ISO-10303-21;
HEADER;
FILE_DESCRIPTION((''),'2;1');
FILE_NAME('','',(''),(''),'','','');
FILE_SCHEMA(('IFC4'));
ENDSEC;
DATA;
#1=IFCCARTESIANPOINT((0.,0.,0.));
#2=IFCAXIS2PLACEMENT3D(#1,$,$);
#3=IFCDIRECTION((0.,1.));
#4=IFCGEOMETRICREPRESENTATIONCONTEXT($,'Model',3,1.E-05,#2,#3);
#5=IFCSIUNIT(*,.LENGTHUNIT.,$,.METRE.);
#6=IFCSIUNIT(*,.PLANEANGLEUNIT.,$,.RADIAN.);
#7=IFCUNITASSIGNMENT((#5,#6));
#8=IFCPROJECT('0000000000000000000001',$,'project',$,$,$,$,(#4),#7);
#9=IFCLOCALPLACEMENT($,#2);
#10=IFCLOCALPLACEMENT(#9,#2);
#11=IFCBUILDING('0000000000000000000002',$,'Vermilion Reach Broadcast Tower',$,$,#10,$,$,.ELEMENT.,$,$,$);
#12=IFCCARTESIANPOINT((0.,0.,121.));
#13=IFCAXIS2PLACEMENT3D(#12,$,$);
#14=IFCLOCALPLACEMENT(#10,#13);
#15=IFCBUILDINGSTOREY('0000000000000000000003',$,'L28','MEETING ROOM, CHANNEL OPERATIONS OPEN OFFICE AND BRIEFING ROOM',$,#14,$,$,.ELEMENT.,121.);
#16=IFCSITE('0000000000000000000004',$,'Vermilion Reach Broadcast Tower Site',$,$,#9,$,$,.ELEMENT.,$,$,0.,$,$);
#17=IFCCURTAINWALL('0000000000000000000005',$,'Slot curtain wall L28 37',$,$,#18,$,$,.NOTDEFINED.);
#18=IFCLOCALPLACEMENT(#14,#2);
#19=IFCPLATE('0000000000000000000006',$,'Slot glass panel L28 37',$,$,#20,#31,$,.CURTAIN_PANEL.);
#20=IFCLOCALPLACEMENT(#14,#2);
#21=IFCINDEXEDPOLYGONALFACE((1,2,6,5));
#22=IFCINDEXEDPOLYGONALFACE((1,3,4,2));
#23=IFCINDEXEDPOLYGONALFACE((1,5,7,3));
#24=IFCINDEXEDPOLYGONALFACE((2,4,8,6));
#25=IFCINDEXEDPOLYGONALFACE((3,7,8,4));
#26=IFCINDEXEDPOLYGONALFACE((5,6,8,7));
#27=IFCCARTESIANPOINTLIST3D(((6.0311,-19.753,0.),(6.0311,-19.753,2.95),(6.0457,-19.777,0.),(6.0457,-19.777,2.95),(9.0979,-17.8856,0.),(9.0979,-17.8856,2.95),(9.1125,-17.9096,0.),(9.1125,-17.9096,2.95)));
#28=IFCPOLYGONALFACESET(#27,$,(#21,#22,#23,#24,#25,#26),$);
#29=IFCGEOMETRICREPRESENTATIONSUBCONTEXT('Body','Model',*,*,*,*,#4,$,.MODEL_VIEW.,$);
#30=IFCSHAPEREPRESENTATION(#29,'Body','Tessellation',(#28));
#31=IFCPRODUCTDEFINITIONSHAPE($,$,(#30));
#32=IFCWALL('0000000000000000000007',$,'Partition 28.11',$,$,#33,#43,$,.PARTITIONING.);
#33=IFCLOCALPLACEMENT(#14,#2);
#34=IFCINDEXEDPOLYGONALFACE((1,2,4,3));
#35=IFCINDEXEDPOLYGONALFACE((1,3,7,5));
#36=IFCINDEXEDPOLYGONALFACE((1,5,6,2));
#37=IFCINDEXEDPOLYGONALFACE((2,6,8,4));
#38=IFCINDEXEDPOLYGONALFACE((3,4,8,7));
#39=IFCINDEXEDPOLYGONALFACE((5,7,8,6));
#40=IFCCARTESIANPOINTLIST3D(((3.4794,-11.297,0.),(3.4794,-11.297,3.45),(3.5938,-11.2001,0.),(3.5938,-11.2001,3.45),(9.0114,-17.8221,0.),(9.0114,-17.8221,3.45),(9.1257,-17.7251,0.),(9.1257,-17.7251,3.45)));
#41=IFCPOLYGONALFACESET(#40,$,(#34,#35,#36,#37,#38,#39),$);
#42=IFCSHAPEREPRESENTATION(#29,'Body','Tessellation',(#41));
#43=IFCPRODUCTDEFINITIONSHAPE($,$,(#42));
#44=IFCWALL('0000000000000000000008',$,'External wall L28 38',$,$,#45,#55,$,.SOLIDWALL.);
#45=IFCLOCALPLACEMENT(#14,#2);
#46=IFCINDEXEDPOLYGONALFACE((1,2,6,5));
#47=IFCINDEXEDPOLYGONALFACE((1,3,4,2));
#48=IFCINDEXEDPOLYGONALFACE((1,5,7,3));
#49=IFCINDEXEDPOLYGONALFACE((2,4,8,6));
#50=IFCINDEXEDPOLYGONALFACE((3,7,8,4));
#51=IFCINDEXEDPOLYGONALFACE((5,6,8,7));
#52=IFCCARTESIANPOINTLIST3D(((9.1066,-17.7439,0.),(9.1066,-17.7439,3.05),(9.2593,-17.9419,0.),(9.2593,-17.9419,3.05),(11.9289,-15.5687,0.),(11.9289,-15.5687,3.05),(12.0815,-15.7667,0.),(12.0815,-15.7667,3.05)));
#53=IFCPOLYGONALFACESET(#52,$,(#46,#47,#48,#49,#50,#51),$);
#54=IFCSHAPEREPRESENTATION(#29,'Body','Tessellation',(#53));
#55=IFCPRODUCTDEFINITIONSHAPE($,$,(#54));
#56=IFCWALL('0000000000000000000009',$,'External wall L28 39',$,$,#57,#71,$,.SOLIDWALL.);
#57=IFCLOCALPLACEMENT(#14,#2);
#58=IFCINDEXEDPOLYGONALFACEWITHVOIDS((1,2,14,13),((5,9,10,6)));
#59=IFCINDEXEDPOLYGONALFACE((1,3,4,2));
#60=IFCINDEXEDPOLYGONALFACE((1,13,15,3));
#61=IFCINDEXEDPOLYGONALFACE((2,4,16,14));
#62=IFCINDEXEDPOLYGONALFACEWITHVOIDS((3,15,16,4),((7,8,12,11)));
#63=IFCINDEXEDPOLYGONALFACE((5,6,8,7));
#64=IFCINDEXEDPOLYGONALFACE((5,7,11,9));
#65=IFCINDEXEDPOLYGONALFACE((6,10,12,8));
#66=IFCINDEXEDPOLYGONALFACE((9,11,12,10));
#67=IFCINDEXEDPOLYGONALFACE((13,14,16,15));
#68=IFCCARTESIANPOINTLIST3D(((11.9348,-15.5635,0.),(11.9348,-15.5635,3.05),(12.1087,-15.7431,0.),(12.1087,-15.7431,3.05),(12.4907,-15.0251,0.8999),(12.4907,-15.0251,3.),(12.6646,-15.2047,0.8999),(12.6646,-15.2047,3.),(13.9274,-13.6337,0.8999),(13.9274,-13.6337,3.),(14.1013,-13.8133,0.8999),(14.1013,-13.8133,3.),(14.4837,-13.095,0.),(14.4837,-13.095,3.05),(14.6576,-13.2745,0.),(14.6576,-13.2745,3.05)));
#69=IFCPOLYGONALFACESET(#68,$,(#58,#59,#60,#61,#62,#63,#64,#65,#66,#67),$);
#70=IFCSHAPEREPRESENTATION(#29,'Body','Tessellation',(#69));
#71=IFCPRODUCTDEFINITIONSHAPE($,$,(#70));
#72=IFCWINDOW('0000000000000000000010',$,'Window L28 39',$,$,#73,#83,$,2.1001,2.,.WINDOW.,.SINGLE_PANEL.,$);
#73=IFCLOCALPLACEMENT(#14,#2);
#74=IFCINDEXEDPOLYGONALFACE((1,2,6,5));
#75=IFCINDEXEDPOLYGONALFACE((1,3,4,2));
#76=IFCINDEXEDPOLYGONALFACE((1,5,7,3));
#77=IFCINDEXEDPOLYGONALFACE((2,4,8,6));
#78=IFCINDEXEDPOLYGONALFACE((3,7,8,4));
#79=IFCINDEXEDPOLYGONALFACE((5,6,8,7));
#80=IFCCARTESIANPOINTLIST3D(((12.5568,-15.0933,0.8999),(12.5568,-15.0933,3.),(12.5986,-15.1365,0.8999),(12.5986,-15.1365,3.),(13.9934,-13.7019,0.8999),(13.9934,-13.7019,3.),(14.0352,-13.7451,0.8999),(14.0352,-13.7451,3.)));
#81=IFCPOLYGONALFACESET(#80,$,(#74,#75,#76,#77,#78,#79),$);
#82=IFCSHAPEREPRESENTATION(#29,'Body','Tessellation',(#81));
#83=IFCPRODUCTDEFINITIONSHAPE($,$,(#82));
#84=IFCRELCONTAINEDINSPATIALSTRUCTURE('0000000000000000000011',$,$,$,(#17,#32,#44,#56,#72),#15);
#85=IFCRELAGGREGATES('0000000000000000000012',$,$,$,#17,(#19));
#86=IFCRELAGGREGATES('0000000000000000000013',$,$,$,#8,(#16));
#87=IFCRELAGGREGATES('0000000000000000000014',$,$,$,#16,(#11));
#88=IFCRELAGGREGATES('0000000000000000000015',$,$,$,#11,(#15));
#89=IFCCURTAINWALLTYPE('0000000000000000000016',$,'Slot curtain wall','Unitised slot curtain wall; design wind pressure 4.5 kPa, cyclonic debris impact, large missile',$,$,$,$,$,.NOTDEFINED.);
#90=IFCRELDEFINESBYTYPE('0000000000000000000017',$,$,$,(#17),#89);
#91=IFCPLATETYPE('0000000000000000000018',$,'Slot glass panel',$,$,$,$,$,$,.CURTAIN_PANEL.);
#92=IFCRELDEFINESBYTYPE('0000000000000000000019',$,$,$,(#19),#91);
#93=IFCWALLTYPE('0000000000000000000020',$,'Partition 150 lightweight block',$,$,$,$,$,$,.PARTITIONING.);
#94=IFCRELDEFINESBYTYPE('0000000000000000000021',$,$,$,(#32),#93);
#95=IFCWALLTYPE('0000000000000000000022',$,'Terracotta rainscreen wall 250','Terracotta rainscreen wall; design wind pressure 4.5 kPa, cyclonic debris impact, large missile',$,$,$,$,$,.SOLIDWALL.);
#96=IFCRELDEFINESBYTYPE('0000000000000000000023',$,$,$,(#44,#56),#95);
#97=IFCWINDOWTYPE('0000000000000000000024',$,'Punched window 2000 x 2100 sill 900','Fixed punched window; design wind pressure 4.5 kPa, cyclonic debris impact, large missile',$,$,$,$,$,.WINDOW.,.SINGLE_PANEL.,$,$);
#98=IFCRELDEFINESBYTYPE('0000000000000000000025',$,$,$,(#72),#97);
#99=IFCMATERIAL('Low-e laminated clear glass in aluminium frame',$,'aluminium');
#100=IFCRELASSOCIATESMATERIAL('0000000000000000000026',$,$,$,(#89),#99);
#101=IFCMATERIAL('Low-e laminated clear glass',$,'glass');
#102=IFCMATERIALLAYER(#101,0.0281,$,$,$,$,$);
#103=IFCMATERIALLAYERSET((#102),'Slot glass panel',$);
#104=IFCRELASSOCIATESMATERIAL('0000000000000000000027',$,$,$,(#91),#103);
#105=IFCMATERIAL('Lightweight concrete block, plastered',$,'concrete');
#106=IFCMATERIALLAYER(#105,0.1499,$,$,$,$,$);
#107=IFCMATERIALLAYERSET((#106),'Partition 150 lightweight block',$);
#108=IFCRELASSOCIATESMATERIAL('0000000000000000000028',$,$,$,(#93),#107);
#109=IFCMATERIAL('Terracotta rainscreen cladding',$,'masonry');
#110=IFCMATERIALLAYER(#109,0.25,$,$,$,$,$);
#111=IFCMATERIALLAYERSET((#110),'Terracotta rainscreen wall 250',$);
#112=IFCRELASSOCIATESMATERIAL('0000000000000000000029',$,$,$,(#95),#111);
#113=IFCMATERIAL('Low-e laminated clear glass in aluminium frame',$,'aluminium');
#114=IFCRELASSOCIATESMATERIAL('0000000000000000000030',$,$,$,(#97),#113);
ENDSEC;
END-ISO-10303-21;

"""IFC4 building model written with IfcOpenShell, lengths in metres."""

from ifc_helpers import new_model, si_unit, direction, frame, frame_2d, origin, origin_2d, place, context, subcontext, project, spatial, rectangle, extrude, material, layer, layer_set, type_object, element, fill, aggregate, save


model = new_model("IFC4")

# Units and contexts
model_context = context("Model", 3, precision=1e-05, world=origin(), true_north=direction((0.0, 1.0)))
body_context = subcontext(model_context, "Body", "Model", "MODEL_VIEW")
ifc_project = project(units=[si_unit("LENGTHUNIT", "METRE"), si_unit("PLANEANGLEUNIT", "RADIAN")], contexts=[model_context])

# Site, building, storey
site_placement = place(None, origin())
site = spatial("IfcSite", under=ifc_project, at=site_placement, Name="Vermilion Reach Broadcast Tower Site", CompositionType="ELEMENT", RefElevation=0.0)
building_placement = place(site_placement, origin())
building = spatial("IfcBuilding", under=site, at=building_placement, Name="Vermilion Reach Broadcast Tower", CompositionType="ELEMENT")
storey_placement = place(building_placement, frame((0.0, 0.0, 121.0)))
storey = spatial("IfcBuildingStorey", under=building, at=storey_placement, Name="L28", Description="MEETING ROOM, CHANNEL OPERATIONS OPEN OFFICE AND BRIEFING ROOM", CompositionType="ELEMENT", Elevation=121.0)

# Curtain wall, plate
ifc_material_1 = material(Name="Low-e laminated clear glass in aluminium frame", Category="aluminium")
curtain_wall_type = type_object("IfcCurtainWallType", Name="Slot curtain wall", Description="Unitised slot curtain wall; design wind pressure 4.5 kPa, cyclonic debris impact, large missile", PredefinedType="NOTDEFINED", material=ifc_material_1)
curtain_wall_placement = place(storey_placement, origin())
curtain_wall = element("IfcCurtainWall", 1, at=curtain_wall_placement, inside=storey, type_object=curtain_wall_type, Name="Slot curtain wall L28 37", PredefinedType="NOTDEFINED")
ifc_material_2 = material(Name="Low-e laminated clear glass", Category="glass")
ifc_layer_1 = layer(ifc_material_2, 0.0281)
ifc_layer_set_1 = layer_set([ifc_layer_1], Name="Slot glass panel")
plate_type = type_object("IfcPlateType", Name="Slot glass panel", PredefinedType="CURTAIN_PANEL", material=ifc_layer_set_1)
plate_placement = place(storey_placement, frame((7.5718, -18.8313, 0.0), z_axis=(0.0, 0.0, 1.0), x_axis=(0.854118, 0.520079, 0.0)))
plate = element("IfcPlate", 2, at=plate_placement, type_object=plate_type, Name="Slot glass panel L28 37", PredefinedType="CURTAIN_PANEL", context=body_context, shape_type="SweptSolid", body=[
    extrude(rectangle(XDim=3.5906, YDim=0.0281, at=origin_2d()), origin(), (0.0, 0.0, 1.0), 2.95),
])
aggregate(curtain_wall, [plate])

# Walls
ifc_material_3 = material(Name="Lightweight concrete block, plastered", Category="concrete")
ifc_layer_2 = layer(ifc_material_3, 0.1499)
ifc_layer_set_2 = layer_set([ifc_layer_2], Name="Partition 150 lightweight block")
wall_type_1 = type_object("IfcWallType", Name="Partition 150 lightweight block", PredefinedType="PARTITIONING", material=ifc_layer_set_2)
wall_1_placement = place(storey_placement, frame((9.0686, -17.7737, 0.0), z_axis=(0.0, 0.0, 1.0), x_axis=(-0.646671, 0.762769, 0.0)))
element("IfcWall", 3, at=wall_1_placement, inside=storey, type_object=wall_type_1, Name="Partition 28.11", PredefinedType="PARTITIONING", context=body_context, shape_type="SweptSolid", body=[
    extrude(rectangle(XDim=8.5544, YDim=0.1499, at=frame_2d((4.2773, 0.0))), origin(), (0.0, 0.0, 1.0), 3.45),
])
ifc_material_4 = material(Name="Terracotta rainscreen cladding", Category="masonry")
ifc_layer_3 = layer(ifc_material_4, 0.25)
ifc_layer_set_3 = layer_set([ifc_layer_3], Name="Terracotta rainscreen wall 250")
wall_type_2 = type_object("IfcWallType", Name="Terracotta rainscreen wall 250", Description="Terracotta rainscreen wall; design wind pressure 4.5 kPa, cyclonic debris impact, large missile", PredefinedType="SOLIDWALL", material=ifc_layer_set_3)
wall_2_placement = place(storey_placement, frame((9.1829, -17.843, 0.0), z_axis=(0.0, 0.0, 1.0), x_axis=(0.792038, 0.610472, 0.0)))
element("IfcWall", 4, at=wall_2_placement, inside=storey, type_object=wall_type_2, Name="External wall L28 38", PredefinedType="SOLIDWALL", context=body_context, shape_type="SweptSolid", body=[
    extrude(rectangle(XDim=3.5632, YDim=0.25, at=frame_2d((1.7817, 0.0))), origin(), (0.0, 0.0, 1.0), 3.05),
])

# Wall, opening, window
wall_3_placement = place(storey_placement, frame((12.0217, -15.6533, 0.0), z_axis=(0.0, 0.0, 1.0), x_axis=(0.718335, 0.695698, 0.0)))
wall_3 = element("IfcWall", 5, at=wall_3_placement, inside=storey, type_object=wall_type_2, Name="External wall L28 39", PredefinedType="SOLIDWALL", context=body_context, shape_type="SweptSolid", body=[
    extrude(rectangle(XDim=3.5483, YDim=0.25, at=frame_2d((1.7742, 0.0))), origin(), (0.0, 0.0, 1.0), 3.05),
])
opening_1_placement = place(wall_3_placement, frame((0.7739, 0.0, 0.8999)))
opening_1 = element("IfcOpeningElement", 6, at=opening_1_placement, cuts=wall_3, PredefinedType="OPENING", context=body_context, shape_type="SweptSolid", body=[
    extrude(rectangle(XDim=2.0, YDim=2.1001, at=frame_2d((1.0, 1.05))), frame((0.0, 0.135, 0.0), z_axis=(0.0, -1.0, 0.0), x_axis=(1.0, 0.0, 0.0)), (0.0, 0.0, 1.0), 0.27),
])
ifc_material_5 = material(Name="Low-e laminated clear glass in aluminium frame", Category="aluminium")
window_type = type_object("IfcWindowType", Name="Punched window 2000 x 2100 sill 900", Description="Fixed punched window; design wind pressure 4.5 kPa, cyclonic debris impact, large missile", PartitioningType="SINGLE_PANEL", PredefinedType="WINDOW", material=ifc_material_5)
window_placement = place(opening_1_placement, origin())
window = element("IfcWindow", 7, at=window_placement, inside=storey, type_object=window_type, Name="Window L28 39", OverallHeight=2.1001, OverallWidth=2.0, PartitioningType="SINGLE_PANEL", PredefinedType="WINDOW", context=body_context, shape_type="SweptSolid", body=[
    extrude(rectangle(XDim=2.0, YDim=2.1001, at=frame_2d((1.0, 1.05))), frame((0.0, 0.03, 0.0), z_axis=(0.0, -1.0, 0.0), x_axis=(1.0, 0.0, 0.0)), (0.0, 0.0, 1.0), 0.0601),
])
fill(opening_1, window)

save(model, "model.ifc")
